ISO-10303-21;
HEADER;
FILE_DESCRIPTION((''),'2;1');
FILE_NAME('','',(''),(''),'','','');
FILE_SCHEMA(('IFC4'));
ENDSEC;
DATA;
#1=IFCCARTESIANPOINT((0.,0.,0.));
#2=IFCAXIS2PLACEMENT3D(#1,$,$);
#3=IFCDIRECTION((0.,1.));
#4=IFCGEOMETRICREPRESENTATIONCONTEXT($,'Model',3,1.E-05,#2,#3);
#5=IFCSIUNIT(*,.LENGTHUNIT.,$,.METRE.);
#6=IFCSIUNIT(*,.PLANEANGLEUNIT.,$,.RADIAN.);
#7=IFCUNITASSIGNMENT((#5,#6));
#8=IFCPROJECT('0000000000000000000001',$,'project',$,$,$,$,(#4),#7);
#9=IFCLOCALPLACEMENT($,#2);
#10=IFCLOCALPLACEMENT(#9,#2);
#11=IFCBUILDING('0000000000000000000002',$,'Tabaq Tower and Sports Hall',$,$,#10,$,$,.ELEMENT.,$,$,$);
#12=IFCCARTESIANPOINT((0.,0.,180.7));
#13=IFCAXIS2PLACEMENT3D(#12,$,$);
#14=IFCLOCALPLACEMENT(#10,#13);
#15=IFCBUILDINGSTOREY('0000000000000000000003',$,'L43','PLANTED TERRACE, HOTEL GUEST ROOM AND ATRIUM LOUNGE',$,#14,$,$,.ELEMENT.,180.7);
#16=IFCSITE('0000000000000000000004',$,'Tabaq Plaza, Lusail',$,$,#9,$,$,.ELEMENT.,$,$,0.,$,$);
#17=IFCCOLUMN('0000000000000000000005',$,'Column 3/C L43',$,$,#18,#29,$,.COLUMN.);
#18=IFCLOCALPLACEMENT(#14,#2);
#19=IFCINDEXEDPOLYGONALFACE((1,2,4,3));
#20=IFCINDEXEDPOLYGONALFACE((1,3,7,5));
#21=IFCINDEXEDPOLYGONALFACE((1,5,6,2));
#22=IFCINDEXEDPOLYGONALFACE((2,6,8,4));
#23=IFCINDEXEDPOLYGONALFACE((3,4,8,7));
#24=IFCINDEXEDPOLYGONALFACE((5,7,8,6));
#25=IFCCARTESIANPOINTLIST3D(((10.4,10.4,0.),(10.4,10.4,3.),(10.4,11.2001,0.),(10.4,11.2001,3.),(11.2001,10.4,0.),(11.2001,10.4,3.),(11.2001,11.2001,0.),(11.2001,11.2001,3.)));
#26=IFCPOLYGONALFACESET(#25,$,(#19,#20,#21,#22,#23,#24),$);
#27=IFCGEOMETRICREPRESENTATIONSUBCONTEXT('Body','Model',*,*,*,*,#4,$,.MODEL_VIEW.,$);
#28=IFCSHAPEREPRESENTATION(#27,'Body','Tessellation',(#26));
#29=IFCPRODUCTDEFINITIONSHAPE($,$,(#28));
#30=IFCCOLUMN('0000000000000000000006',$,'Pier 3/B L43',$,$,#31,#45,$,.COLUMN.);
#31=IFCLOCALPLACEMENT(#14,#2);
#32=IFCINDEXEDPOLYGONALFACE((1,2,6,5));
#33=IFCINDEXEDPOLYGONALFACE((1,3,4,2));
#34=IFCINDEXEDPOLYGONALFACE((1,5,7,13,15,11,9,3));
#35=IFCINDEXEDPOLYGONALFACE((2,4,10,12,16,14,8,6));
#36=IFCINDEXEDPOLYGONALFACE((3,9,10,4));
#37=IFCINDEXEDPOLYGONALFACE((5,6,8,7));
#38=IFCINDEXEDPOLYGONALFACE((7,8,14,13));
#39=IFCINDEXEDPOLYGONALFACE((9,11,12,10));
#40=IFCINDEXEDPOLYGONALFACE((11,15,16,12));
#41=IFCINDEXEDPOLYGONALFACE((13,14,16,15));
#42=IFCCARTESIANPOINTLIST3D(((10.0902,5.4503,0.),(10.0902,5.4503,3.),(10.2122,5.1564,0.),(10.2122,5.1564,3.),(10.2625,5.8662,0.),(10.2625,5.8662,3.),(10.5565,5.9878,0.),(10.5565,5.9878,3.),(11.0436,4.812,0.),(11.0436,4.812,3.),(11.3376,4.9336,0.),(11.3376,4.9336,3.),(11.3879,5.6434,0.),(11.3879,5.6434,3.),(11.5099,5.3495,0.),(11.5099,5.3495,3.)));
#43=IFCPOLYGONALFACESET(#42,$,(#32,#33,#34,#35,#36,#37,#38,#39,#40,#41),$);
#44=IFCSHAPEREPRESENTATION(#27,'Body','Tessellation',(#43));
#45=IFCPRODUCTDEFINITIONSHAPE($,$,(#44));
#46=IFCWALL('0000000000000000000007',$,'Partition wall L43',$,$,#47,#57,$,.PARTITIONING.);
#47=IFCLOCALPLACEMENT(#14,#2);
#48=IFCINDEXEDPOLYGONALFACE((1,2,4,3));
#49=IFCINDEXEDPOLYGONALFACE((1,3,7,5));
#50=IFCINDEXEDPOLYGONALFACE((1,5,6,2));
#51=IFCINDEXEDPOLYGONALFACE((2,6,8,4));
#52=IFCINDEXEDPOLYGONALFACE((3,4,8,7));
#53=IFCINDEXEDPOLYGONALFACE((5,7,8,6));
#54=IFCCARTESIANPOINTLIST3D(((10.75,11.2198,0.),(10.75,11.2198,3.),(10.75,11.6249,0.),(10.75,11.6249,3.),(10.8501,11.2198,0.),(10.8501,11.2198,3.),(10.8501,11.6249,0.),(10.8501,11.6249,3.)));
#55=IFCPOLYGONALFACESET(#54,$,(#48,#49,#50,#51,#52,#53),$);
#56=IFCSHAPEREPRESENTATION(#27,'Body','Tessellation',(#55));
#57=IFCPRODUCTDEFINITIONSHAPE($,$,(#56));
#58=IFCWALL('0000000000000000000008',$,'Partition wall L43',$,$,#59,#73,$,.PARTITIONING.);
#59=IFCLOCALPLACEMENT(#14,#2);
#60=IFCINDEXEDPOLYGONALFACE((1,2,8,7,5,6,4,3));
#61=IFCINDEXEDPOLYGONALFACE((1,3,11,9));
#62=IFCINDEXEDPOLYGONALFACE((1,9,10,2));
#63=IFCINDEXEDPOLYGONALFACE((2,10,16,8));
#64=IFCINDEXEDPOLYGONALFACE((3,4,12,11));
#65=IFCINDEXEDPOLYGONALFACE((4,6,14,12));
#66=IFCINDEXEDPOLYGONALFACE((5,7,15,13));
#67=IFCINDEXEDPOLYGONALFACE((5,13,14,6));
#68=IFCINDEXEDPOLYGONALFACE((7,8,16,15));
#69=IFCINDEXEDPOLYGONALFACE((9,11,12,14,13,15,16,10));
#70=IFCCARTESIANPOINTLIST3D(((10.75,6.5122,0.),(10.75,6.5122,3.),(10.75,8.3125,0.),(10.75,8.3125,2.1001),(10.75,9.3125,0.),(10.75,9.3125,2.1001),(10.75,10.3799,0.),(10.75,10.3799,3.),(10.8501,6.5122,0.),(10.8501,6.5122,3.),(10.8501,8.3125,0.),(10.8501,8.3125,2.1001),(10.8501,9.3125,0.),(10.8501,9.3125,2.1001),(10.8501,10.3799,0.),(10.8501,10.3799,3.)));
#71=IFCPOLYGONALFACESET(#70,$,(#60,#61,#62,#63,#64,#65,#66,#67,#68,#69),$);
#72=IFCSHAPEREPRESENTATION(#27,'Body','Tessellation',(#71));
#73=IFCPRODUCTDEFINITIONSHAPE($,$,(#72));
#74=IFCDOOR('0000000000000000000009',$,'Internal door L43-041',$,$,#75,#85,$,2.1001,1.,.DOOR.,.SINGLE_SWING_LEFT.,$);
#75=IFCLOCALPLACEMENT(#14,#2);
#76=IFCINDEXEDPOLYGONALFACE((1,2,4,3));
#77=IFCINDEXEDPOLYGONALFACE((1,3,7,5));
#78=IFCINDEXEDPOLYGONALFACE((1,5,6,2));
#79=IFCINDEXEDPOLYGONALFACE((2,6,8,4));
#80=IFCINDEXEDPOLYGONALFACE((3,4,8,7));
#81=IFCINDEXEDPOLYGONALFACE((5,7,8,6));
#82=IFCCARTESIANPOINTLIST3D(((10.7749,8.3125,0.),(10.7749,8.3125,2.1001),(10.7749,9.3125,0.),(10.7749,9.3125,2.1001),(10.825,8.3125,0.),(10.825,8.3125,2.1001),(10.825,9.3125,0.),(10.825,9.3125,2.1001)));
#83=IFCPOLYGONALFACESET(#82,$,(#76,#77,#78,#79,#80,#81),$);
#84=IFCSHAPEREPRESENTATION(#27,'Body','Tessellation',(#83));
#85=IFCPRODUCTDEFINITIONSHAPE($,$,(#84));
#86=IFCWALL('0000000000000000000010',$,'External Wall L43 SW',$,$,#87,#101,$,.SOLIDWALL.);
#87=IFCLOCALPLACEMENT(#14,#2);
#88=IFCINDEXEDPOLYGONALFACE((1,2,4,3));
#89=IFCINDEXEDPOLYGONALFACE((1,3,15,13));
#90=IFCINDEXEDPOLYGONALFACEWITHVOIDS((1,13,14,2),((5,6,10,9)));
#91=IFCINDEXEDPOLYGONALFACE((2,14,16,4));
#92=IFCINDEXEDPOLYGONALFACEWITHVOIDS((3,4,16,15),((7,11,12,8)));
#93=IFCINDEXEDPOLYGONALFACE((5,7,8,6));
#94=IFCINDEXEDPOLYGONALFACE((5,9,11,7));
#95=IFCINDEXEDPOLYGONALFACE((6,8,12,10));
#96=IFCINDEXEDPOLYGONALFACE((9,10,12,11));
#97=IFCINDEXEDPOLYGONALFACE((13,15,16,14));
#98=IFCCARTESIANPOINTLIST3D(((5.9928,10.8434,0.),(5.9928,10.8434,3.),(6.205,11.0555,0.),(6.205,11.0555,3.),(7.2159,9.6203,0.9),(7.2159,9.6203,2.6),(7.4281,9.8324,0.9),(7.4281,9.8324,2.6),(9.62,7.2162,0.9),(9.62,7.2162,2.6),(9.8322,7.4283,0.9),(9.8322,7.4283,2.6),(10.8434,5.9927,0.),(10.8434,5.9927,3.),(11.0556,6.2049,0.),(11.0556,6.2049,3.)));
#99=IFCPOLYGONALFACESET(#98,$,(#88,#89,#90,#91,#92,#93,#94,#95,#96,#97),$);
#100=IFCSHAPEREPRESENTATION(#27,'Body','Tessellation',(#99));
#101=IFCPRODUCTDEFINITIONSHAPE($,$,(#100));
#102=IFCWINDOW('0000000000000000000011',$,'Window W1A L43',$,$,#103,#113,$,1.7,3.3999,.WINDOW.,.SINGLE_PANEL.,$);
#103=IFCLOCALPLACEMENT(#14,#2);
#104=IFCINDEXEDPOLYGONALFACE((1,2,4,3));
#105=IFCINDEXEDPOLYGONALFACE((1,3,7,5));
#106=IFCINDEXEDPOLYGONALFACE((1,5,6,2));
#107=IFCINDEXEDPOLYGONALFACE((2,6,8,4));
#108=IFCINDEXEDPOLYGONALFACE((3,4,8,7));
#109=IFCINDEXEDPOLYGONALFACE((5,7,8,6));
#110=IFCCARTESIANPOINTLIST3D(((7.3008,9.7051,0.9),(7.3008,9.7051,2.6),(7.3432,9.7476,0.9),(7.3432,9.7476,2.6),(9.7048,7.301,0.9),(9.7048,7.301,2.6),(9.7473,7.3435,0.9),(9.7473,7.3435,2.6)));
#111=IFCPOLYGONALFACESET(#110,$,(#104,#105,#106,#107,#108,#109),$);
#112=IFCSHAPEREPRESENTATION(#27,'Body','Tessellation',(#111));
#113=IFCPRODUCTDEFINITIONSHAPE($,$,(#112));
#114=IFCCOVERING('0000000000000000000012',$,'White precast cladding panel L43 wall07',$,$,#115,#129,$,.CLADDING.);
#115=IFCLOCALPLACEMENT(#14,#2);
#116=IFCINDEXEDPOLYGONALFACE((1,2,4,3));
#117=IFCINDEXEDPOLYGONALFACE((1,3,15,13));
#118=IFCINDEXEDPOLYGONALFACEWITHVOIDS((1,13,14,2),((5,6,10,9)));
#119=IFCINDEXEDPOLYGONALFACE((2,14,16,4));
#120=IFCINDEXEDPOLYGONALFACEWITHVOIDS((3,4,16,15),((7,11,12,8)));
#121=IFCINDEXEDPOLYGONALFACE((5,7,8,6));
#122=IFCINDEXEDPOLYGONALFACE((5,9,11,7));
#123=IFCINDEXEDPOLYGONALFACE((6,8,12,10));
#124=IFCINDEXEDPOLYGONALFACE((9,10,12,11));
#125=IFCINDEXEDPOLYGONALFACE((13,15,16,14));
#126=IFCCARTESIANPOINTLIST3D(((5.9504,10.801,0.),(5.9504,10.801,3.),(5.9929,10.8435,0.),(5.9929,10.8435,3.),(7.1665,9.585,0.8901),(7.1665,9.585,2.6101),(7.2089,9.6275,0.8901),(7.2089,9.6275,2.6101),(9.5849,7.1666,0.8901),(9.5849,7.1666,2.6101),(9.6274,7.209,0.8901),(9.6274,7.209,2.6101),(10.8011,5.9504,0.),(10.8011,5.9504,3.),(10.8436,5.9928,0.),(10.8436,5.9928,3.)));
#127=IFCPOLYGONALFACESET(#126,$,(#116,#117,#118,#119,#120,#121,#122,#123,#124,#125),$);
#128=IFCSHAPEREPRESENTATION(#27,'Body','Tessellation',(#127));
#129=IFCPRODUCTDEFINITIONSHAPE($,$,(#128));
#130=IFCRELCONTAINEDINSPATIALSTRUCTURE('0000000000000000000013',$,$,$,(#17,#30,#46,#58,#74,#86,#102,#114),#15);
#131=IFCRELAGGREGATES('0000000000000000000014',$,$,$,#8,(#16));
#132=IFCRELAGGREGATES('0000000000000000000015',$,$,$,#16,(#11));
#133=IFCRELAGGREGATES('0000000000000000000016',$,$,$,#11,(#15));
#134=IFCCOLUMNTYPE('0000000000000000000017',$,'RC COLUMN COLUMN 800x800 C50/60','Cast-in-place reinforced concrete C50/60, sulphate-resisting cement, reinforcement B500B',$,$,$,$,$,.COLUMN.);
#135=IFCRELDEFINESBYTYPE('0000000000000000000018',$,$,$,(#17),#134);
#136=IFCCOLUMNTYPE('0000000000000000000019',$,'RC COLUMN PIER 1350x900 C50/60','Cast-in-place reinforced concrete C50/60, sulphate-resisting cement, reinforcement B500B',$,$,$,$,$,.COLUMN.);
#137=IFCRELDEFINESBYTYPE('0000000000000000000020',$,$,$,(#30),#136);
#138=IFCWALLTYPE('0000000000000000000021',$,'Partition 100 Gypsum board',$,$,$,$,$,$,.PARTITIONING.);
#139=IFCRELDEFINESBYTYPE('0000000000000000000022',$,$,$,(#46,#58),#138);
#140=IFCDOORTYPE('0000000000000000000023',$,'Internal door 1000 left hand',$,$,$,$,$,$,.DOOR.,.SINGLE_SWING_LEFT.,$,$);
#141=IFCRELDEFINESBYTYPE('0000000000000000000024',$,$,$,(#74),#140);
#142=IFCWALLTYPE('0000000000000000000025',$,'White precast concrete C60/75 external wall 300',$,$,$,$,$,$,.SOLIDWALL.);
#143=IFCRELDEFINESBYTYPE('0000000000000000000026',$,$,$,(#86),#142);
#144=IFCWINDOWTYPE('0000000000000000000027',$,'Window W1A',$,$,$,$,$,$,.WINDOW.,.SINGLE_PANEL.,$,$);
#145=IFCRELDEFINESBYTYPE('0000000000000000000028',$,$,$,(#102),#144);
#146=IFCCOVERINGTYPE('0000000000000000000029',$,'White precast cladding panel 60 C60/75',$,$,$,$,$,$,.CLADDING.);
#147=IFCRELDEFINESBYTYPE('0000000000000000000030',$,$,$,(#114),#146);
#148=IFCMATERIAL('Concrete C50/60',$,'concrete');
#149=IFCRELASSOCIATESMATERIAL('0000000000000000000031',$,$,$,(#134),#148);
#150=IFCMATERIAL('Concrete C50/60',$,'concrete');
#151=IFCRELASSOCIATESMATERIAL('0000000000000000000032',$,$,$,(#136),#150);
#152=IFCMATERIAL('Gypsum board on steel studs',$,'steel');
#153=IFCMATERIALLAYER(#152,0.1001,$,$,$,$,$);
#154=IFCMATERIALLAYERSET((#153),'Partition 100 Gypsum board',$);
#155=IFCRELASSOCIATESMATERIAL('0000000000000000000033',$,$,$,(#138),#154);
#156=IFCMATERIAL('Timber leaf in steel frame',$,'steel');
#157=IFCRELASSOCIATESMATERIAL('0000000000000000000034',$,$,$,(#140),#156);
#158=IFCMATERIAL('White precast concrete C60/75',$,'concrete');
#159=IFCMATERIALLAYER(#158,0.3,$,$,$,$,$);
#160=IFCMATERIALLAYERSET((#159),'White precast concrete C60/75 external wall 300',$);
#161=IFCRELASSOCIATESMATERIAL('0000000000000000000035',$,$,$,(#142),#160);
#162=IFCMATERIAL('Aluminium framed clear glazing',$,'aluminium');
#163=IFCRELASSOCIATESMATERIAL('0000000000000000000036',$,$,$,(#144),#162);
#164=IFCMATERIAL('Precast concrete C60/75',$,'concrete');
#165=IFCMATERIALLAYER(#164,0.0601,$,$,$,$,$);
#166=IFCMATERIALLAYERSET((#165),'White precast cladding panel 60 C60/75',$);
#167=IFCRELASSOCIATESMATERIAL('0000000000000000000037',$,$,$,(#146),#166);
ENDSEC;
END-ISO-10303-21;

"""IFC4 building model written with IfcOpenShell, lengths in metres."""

from ifc_helpers import new_model, si_unit, direction, frame, frame_2d, origin, origin_2d, place, context, subcontext, project, spatial, polyline, rectangle, outline, extrude, material, layer, layer_set, material_profile, profile_set, type_object, element, fill, save


model = new_model("IFC4")

# Units and contexts
model_context = context("Model", 3, precision=1e-05, world=origin(), true_north=direction((0.0, 1.0)))
body_context = subcontext(model_context, "Body", "Model", "MODEL_VIEW")
ifc_project = project(units=[si_unit("LENGTHUNIT", "METRE"), si_unit("PLANEANGLEUNIT", "RADIAN")], contexts=[model_context])

# Site, building, storey
site_placement = place(None, origin())
site = spatial("IfcSite", under=ifc_project, at=site_placement, Name="Tabaq Plaza, Lusail", CompositionType="ELEMENT", RefElevation=0.0)
building_placement = place(site_placement, origin())
building = spatial("IfcBuilding", under=site, at=building_placement, Name="Tabaq Tower and Sports Hall", CompositionType="ELEMENT")
storey_placement = place(building_placement, frame((0.0, 0.0, 180.7)))
storey = spatial("IfcBuildingStorey", under=building, at=storey_placement, Name="L43", Description="PLANTED TERRACE, HOTEL GUEST ROOM AND ATRIUM LOUNGE", CompositionType="ELEMENT", Elevation=180.7)

# Columns
ifc_material_1 = material(Name="Concrete C50/60", Category="concrete")
ifc_material_profile_1 = material_profile(ifc_material_1, rectangle(XDim=0.8, YDim=0.8, at=origin_2d()), Name="COLUMN 800x800")
ifc_profile_set_1 = profile_set([ifc_material_profile_1], Name="Concrete C50/60")
column_type_1 = type_object("IfcColumnType", Name="RC COLUMN COLUMN 800x800 C50/60", Description="Cast-in-place reinforced concrete C50/60, sulphate-resisting cement, reinforcement B500B", PredefinedType="COLUMN", material=ifc_profile_set_1)
column_1_placement = place(storey_placement, frame((10.8, 10.8, 0.0), z_axis=(0.0, 0.0, 1.0), x_axis=(1.0, 0.0, 0.0)))
element("IfcColumn", 1, at=column_1_placement, inside=storey, type_object=column_type_1, Name="Column 3/C L43", PredefinedType="COLUMN", context=body_context, shape_type="SweptSolid", body=[
    extrude(rectangle(XDim=0.8, YDim=0.8, at=origin_2d()), origin(), (0.0, 0.0, 1.0), 3.0),
])
ifc_material_2 = material(Name="Concrete C50/60", Category="concrete")
ifc_material_profile_2 = material_profile(ifc_material_2, outline(polyline([(-0.45, -0.45), (0.45, -0.45), (0.675, -0.2251), (0.675, 0.2251), (0.45, 0.45), (-0.45, 0.45), (-0.675, 0.2251), (-0.675, -0.2251), (-0.45, -0.45)])), Name="PIER 1350x900")
ifc_profile_set_2 = profile_set([ifc_material_profile_2], Name="Concrete C50/60")
column_type_2 = type_object("IfcColumnType", Name="RC COLUMN PIER 1350x900 C50/60", Description="Cast-in-place reinforced concrete C50/60, sulphate-resisting cement, reinforcement B500B", PredefinedType="COLUMN", material=ifc_profile_set_2)
column_2_placement = place(storey_placement, frame((10.8, 5.3999, 0.0), z_axis=(0.0, 0.0, 1.0), x_axis=(-0.92388, 0.382683, 0.0)))
element("IfcColumn", 2, at=column_2_placement, inside=storey, type_object=column_type_2, Name="Pier 3/B L43", PredefinedType="COLUMN", context=body_context, shape_type="SweptSolid", body=[
    extrude(outline(polyline([(-0.45, -0.45), (0.45, -0.45), (0.675, -0.2251), (0.675, 0.2251), (0.45, 0.45), (-0.45, 0.45), (-0.675, 0.2251), (-0.675, -0.2251), (-0.45, -0.45)])), origin(), (0.0, 0.0, 1.0), 3.0),
])

# Wall
ifc_material_3 = material(Name="Gypsum board on steel studs", Category="steel")
ifc_layer_1 = layer(ifc_material_3, 0.1001)
ifc_layer_set_1 = layer_set([ifc_layer_1], Name="Partition 100 Gypsum board")
wall_type_1 = type_object("IfcWallType", Name="Partition 100 Gypsum board", PredefinedType="PARTITIONING", material=ifc_layer_set_1)
wall_1_placement = place(storey_placement, frame((10.8, 11.625, 0.0), z_axis=(0.0, 0.0, 1.0), x_axis=(0.0, -1.0, 0.0)))
element("IfcWall", 3, at=wall_1_placement, inside=storey, type_object=wall_type_1, Name="Partition wall L43", PredefinedType="PARTITIONING", context=body_context, shape_type="SweptSolid", body=[
    extrude(rectangle(XDim=0.405, YDim=0.1001, at=frame_2d((0.2026, 0.0))), origin(), (0.0, 0.0, 1.0), 3.0),
])

# Wall, opening, door
wall_2_placement = place(storey_placement, frame((10.8, 10.3799, 0.0), z_axis=(0.0, 0.0, 1.0), x_axis=(0.0, -1.0, 0.0)))
wall_2 = element("IfcWall", 4, at=wall_2_placement, inside=storey, type_object=wall_type_1, Name="Partition wall L43", PredefinedType="PARTITIONING", context=body_context, shape_type="SweptSolid", body=[
    extrude(rectangle(XDim=3.8677, YDim=0.1001, at=frame_2d((1.9338, 0.0))), origin(), (0.0, 0.0, 1.0), 3.0),
])
opening_1_placement = place(wall_2_placement, frame((1.0674, 0.0, 0.0)))
opening_1 = element("IfcOpeningElement", 5, at=opening_1_placement, cuts=wall_2, PredefinedType="OPENING", context=body_context, shape_type="SweptSolid", body=[
    extrude(rectangle(XDim=1.0, YDim=2.1001, at=frame_2d((0.5, 1.05))), frame((0.0, 0.05, 0.0), z_axis=(0.0, -1.0, 0.0), x_axis=(1.0, 0.0, 0.0)), (0.0, 0.0, 1.0), 0.1001),
])
ifc_material_4 = material(Name="Timber leaf in steel frame", Category="steel")
door_type = type_object("IfcDoorType", Name="Internal door 1000 left hand", OperationType="SINGLE_SWING_LEFT", PredefinedType="DOOR", material=ifc_material_4)
door_placement = place(opening_1_placement, origin())
door = element("IfcDoor", 6, at=door_placement, inside=storey, type_object=door_type, Name="Internal door L43-041", OperationType="SINGLE_SWING_LEFT", OverallHeight=2.1001, OverallWidth=1.0, PredefinedType="DOOR", context=body_context, shape_type="SweptSolid", body=[
    extrude(rectangle(XDim=1.0, YDim=2.1001, at=frame_2d((0.5, 1.05))), frame((0.0, 0.0249, 0.0), z_axis=(0.0, -1.0, 0.0), x_axis=(1.0, 0.0, 0.0)), (0.0, 0.0, 1.0), 0.05),
])
fill(opening_1, door)

# Wall, opening, window
ifc_material_5 = material(Name="White precast concrete C60/75", Category="concrete")
ifc_layer_2 = layer(ifc_material_5, 0.3)
ifc_layer_set_2 = layer_set([ifc_layer_2], Name="White precast concrete C60/75 external wall 300")
wall_type_2 = type_object("IfcWallType", Name="White precast concrete C60/75 external wall 300", PredefinedType="SOLIDWALL", material=ifc_layer_set_2)
wall_3_placement = place(storey_placement, frame((6.0989, 10.9495, 0.0), z_axis=(0.0, 0.0, 1.0), x_axis=(0.707107, -0.707107, 0.0)))
wall_3 = element("IfcWall", 7, at=wall_3_placement, inside=storey, type_object=wall_type_2, Name="External Wall L43 SW", PredefinedType="SOLIDWALL", context=body_context, shape_type="SweptSolid", body=[
    extrude(rectangle(XDim=6.8599, YDim=0.3, at=frame_2d((3.4299, 0.0))), origin(), (0.0, 0.0, 1.0), 3.0),
])
opening_2_placement = place(wall_3_placement, frame((1.7297, 0.0, 0.8999)))
opening_2 = element("IfcOpeningElement", 8, at=opening_2_placement, cuts=wall_3, PredefinedType="OPENING", context=body_context, shape_type="SweptSolid", body=[
    extrude(rectangle(XDim=3.3999, YDim=1.7, at=frame_2d((1.7, 0.8501))), frame((0.0, 0.1602, 0.0), z_axis=(0.0, -1.0, 0.0), x_axis=(1.0, 0.0, 0.0)), (0.0, 0.0, 1.0), 0.3201),
])
ifc_material_6 = material(Name="Aluminium framed clear glazing", Category="aluminium")
window_type = type_object("IfcWindowType", Name="Window W1A", PartitioningType="SINGLE_PANEL", PredefinedType="WINDOW", material=ifc_material_6)
window_placement = place(opening_2_placement, origin())
window = element("IfcWindow", 9, at=window_placement, inside=storey, type_object=window_type, Name="Window W1A L43", OverallHeight=1.7, OverallWidth=3.3999, PartitioningType="SINGLE_PANEL", PredefinedType="WINDOW", context=body_context, shape_type="SweptSolid", body=[
    extrude(rectangle(XDim=3.3999, YDim=1.7, at=frame_2d((1.7, 0.8501))), frame((0.0, 0.03, 0.0), z_axis=(0.0, -1.0, 0.0), x_axis=(1.0, 0.0, 0.0)), (0.0, 0.0, 1.0), 0.0601),
])
fill(opening_2, window)

# Covering
ifc_material_7 = material(Name="Precast concrete C60/75", Category="concrete")
ifc_layer_3 = layer(ifc_material_7, 0.0601)
ifc_layer_set_3 = layer_set([ifc_layer_3], Name="White precast cladding panel 60 C60/75")
covering_type = type_object("IfcCoveringType", Name="White precast cladding panel 60 C60/75", PredefinedType="CLADDING", material=ifc_layer_set_3)
covering_placement = place(storey_placement, frame((5.9717, 10.8223, 0.0), z_axis=(0.0, 0.0, 1.0), x_axis=(0.707107, -0.707107, 0.0)))
element("IfcCovering", 10, at=covering_placement, inside=storey, type_object=covering_type, Name="White precast cladding panel L43 wall07", PredefinedType="CLADDING", context=body_context, shape_type="SweptSolid", body=[
    extrude(outline(polyline([(0.0, 0.0), (6.8599, 0.0), (6.8599, 3.0), (0.0, 3.0), (0.0, 0.0)]), holes=[polyline([(1.7197, 0.8901), (1.7197, 2.6101), (5.1399, 2.6101), (5.1399, 0.8901), (1.7197, 0.8901)])]), frame((0.0, 0.03, 0.0), z_axis=(0.0, -1.0, 0.0), x_axis=(1.0, 0.0, 0.0)), (0.0, 0.0, 1.0), 0.0601),
])

save(model, "model.ifc")
